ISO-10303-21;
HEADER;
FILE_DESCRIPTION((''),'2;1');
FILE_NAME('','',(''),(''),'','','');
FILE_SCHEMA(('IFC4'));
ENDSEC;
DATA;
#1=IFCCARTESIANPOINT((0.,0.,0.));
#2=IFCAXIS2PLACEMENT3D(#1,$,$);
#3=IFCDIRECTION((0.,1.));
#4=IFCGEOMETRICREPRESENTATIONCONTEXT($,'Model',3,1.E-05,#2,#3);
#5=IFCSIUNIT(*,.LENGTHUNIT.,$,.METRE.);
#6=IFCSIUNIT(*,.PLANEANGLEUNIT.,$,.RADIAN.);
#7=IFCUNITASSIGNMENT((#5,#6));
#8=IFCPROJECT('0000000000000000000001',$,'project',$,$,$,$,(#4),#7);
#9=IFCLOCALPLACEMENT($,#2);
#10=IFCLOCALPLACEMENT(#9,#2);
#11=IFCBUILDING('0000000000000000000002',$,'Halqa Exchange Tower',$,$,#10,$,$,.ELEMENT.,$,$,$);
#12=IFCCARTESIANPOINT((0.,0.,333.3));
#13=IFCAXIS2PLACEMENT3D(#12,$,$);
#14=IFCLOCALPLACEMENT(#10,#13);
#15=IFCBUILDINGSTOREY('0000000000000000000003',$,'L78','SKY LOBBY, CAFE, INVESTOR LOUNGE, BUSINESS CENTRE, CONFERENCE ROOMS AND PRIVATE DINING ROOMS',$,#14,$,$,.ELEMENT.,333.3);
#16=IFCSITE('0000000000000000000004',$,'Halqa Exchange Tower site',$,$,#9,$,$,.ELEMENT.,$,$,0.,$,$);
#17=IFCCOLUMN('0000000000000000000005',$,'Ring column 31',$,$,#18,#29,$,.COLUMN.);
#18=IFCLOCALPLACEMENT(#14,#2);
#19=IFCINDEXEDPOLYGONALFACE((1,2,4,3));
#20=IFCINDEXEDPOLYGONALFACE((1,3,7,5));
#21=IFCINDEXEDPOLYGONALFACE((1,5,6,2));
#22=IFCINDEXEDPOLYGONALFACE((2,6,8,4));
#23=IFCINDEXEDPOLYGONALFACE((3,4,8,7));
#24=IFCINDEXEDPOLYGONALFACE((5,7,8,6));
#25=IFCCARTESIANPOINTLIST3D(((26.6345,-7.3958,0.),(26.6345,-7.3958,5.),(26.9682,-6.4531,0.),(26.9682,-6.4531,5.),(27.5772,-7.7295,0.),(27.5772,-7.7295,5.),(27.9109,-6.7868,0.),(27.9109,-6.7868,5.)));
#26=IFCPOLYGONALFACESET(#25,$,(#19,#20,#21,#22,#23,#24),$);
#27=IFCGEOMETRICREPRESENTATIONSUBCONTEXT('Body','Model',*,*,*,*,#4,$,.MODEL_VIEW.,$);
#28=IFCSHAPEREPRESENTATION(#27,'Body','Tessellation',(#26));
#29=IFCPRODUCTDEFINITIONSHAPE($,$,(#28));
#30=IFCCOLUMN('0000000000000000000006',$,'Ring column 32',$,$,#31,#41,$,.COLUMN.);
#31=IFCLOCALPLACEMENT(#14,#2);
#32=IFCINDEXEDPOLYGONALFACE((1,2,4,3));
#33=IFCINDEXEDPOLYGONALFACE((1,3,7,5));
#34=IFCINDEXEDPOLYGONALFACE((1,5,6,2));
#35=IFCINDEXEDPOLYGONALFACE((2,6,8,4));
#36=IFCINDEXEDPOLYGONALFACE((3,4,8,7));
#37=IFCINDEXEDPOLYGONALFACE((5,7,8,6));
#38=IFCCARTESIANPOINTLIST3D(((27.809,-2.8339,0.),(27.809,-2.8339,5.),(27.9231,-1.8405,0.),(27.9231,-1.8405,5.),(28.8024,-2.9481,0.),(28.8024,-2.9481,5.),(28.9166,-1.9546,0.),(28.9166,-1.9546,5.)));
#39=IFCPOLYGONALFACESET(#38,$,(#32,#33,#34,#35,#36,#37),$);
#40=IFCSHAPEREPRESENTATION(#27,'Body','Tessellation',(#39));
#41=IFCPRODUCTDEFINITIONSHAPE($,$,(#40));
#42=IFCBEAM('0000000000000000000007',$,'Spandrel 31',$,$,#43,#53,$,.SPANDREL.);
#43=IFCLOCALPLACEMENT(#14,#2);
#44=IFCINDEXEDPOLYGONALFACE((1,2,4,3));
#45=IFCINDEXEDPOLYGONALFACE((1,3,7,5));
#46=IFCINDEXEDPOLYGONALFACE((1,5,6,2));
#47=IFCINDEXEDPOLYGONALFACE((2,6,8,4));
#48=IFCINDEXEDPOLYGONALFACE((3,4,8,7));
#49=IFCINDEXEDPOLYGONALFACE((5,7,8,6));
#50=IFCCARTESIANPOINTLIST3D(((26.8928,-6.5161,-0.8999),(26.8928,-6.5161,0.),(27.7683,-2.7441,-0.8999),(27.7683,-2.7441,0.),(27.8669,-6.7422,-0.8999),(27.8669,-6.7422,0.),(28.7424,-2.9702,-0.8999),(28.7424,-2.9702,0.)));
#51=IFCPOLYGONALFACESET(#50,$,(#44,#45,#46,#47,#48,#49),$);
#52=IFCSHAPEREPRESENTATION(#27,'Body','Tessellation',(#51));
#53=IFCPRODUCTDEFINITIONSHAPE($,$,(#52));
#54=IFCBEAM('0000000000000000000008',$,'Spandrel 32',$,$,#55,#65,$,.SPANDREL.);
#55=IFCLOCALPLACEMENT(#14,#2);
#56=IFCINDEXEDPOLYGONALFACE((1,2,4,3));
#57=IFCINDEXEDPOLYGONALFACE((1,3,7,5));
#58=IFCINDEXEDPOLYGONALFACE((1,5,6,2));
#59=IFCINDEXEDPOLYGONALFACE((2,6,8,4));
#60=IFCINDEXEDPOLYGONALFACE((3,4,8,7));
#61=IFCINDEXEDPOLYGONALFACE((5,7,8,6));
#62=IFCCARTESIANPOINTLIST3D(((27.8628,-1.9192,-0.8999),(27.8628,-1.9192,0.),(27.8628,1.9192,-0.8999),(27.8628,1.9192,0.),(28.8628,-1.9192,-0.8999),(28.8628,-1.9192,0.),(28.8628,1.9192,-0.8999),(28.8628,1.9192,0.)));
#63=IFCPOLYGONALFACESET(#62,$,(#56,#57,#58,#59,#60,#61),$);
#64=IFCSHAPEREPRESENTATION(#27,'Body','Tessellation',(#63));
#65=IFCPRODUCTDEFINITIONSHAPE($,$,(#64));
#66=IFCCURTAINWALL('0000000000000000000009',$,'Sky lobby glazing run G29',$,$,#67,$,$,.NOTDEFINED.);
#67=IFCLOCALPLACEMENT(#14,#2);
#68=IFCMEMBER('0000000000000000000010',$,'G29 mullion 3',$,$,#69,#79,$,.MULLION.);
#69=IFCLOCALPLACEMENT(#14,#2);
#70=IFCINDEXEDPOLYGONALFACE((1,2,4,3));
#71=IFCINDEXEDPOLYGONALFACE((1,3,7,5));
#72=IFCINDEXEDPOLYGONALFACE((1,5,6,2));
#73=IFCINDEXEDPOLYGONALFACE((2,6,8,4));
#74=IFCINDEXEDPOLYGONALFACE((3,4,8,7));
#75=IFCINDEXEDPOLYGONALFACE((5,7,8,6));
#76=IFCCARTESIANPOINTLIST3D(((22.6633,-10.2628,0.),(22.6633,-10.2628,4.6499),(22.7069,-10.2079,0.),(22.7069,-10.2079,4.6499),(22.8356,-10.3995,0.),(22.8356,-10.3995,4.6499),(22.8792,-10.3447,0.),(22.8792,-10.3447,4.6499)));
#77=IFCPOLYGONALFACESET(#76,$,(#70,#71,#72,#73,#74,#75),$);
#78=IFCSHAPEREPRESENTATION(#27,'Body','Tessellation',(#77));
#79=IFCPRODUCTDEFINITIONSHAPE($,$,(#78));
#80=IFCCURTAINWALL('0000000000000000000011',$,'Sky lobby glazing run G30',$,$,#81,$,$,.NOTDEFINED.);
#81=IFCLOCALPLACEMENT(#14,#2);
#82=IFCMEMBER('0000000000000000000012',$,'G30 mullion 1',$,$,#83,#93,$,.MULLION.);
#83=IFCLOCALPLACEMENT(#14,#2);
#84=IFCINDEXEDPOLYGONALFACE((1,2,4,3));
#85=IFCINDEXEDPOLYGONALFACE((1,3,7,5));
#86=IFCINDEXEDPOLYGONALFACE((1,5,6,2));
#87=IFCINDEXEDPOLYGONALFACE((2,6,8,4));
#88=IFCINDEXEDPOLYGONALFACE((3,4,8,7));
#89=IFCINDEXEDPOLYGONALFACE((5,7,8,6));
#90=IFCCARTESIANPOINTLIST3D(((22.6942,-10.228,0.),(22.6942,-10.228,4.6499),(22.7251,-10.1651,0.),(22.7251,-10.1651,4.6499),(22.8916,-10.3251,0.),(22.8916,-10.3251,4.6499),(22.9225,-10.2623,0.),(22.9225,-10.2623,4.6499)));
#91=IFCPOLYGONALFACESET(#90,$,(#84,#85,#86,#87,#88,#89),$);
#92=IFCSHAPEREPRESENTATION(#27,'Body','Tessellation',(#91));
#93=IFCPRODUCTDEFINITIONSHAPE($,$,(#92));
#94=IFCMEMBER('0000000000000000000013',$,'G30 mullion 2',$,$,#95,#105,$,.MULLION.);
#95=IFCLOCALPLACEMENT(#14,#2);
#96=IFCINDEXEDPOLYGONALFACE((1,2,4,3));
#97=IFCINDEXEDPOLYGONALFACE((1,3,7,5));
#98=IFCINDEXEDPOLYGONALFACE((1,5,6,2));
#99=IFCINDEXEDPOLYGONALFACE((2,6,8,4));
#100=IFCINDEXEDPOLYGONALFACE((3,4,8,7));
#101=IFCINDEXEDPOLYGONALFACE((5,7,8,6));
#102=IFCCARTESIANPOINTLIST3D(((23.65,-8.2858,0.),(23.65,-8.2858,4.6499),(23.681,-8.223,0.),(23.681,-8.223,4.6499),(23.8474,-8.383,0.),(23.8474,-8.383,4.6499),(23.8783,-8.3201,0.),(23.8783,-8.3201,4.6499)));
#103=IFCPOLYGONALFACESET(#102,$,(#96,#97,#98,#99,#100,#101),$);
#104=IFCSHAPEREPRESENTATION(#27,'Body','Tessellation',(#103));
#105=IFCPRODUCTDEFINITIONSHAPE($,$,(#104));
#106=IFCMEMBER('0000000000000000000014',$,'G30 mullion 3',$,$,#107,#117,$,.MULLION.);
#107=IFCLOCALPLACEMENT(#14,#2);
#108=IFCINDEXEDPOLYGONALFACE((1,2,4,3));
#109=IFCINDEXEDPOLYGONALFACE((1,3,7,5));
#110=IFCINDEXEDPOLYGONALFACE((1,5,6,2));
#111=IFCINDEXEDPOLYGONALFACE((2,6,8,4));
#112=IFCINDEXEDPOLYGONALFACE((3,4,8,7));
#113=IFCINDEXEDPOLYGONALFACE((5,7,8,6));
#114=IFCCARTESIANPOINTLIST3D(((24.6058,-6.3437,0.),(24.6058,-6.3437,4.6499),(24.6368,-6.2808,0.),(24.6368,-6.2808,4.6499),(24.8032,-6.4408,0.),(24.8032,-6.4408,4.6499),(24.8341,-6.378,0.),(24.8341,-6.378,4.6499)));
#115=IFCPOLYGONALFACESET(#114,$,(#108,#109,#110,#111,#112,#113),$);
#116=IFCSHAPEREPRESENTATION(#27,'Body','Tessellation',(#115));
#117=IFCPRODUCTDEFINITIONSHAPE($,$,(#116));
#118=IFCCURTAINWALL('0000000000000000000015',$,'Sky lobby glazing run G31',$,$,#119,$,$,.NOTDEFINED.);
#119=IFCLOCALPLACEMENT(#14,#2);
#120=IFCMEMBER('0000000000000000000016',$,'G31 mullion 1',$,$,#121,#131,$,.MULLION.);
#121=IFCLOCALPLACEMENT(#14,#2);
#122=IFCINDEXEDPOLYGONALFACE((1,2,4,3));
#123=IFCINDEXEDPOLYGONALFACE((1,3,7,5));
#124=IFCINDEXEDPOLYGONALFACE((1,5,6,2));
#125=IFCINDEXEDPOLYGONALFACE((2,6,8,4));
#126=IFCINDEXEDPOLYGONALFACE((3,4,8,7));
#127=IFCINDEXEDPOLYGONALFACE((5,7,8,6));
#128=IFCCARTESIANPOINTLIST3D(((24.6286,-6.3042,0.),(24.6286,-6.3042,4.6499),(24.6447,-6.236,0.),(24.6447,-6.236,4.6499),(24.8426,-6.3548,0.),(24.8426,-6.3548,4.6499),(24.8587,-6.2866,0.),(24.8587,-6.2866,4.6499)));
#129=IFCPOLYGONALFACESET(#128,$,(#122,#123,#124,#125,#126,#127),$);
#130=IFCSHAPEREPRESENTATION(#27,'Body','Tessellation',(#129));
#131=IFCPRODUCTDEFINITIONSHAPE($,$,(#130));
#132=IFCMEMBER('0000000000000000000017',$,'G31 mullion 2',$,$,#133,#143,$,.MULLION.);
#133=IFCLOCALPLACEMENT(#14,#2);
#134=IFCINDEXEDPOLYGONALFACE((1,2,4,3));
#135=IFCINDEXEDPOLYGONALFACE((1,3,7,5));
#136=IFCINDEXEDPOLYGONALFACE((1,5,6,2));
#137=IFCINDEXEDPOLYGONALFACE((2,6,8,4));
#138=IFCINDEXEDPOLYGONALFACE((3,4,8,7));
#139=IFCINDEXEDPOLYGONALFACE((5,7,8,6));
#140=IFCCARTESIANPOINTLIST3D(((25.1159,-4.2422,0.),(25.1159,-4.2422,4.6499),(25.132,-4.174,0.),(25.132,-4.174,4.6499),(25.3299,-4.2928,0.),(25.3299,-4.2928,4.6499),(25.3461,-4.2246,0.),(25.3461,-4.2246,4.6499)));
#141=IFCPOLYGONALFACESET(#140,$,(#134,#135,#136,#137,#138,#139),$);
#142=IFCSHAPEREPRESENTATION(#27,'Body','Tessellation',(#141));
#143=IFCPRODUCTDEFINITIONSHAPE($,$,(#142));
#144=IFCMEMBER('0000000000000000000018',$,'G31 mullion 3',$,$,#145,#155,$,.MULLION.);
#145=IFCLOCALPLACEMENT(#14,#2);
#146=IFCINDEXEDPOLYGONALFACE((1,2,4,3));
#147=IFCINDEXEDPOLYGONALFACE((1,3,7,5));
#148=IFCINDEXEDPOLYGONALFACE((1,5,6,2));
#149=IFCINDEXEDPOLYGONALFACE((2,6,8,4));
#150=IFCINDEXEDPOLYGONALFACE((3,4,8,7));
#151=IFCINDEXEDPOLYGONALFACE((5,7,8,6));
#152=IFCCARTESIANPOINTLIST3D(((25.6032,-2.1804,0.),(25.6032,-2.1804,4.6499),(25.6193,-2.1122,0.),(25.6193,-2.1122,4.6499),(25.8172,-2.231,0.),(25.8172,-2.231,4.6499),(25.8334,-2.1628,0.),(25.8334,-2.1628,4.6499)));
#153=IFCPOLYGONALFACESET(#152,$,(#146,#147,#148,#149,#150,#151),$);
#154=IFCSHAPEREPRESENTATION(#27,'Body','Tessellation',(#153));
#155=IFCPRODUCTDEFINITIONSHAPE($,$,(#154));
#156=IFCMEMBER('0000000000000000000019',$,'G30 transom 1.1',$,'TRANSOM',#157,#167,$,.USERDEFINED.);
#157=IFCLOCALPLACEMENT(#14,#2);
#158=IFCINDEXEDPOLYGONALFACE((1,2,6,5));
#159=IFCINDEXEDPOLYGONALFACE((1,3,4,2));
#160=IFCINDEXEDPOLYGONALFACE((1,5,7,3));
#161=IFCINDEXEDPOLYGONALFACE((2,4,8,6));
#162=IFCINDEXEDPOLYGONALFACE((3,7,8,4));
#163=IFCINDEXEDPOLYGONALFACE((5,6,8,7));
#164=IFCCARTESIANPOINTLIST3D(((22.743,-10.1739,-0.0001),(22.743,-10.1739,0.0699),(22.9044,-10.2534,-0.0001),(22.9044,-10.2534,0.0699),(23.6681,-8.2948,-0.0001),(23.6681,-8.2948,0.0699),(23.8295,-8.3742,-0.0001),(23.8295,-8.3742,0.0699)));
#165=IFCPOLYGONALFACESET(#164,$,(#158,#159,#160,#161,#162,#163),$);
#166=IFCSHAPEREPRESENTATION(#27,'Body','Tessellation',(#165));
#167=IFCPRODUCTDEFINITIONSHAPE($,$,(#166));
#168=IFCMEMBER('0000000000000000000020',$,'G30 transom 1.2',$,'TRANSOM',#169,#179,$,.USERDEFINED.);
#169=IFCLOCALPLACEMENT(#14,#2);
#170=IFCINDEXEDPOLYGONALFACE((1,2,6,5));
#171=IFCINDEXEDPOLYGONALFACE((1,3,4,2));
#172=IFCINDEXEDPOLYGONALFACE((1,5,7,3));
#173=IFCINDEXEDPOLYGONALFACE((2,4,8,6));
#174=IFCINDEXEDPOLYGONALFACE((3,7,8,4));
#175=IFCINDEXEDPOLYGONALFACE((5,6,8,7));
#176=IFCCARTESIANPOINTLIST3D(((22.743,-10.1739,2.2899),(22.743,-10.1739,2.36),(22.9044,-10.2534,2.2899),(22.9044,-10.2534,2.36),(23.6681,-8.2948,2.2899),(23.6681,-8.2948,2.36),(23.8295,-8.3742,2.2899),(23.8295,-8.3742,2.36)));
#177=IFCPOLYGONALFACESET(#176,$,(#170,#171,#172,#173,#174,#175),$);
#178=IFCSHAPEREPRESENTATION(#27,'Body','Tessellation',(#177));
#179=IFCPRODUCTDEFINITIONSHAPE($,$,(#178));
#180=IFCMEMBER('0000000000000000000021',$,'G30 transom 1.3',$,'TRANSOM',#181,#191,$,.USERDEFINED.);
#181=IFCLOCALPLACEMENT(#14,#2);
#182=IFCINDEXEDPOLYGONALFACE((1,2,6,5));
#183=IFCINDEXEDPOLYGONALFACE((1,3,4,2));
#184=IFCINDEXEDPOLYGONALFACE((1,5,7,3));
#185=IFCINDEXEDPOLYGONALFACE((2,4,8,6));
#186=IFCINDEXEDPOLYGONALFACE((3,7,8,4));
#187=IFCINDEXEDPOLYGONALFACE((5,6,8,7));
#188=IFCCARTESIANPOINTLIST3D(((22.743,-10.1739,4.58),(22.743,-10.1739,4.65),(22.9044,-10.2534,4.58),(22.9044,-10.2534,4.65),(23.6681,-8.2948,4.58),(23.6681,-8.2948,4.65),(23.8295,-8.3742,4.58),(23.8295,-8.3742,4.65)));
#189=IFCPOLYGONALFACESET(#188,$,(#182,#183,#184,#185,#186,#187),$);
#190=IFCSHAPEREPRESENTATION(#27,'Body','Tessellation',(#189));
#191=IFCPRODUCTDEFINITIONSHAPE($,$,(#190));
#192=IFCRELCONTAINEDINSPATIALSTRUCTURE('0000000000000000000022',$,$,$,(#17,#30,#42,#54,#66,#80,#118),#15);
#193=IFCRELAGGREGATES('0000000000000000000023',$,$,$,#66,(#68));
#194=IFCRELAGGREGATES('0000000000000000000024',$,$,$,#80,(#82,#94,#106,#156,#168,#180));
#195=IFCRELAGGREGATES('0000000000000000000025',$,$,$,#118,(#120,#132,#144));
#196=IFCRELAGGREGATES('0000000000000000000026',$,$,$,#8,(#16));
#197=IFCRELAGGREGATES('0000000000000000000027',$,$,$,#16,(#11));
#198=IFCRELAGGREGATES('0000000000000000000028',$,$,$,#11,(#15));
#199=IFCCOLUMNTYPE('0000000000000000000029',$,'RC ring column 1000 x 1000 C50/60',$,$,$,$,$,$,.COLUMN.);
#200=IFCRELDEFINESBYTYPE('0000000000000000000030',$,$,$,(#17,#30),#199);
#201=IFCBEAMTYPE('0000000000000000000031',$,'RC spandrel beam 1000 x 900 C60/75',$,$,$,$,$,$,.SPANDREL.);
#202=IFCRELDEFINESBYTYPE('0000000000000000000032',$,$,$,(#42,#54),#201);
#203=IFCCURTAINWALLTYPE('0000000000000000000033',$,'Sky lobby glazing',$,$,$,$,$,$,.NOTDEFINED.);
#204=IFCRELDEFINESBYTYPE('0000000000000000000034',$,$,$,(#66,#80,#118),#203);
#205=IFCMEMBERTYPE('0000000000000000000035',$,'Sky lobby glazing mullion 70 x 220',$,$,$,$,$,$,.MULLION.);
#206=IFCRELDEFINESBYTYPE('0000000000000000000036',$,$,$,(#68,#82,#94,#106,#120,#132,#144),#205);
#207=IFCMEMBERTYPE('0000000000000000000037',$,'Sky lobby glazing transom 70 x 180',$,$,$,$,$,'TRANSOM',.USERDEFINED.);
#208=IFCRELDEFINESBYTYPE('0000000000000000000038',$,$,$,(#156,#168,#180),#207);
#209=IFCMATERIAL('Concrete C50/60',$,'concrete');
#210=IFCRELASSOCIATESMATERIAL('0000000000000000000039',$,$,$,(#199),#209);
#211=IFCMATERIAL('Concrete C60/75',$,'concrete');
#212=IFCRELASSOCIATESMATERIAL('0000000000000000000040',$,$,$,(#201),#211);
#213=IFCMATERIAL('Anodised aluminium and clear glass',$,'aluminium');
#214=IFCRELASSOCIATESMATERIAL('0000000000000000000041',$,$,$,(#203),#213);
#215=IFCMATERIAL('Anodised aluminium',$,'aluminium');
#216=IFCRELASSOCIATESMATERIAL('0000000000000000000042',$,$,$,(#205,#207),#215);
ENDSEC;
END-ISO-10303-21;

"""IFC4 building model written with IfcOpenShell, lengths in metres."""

from ifc_helpers import new_model, si_unit, direction, frame, origin, origin_2d, place, context, subcontext, project, spatial, rectangle, extrude, material, material_profile, profile_set, type_object, element, aggregate, save


model = new_model("IFC4")

# Units and contexts
model_context = context("Model", 3, precision=1e-05, world=origin(), true_north=direction((0.0, 1.0)))
body_context = subcontext(model_context, "Body", "Model", "MODEL_VIEW")
ifc_project = project(units=[si_unit("LENGTHUNIT", "METRE"), si_unit("PLANEANGLEUNIT", "RADIAN")], contexts=[model_context])

# Site, building, storey
site_placement = place(None, origin())
site = spatial("IfcSite", under=ifc_project, at=site_placement, Name="Halqa Exchange Tower site", CompositionType="ELEMENT", RefElevation=0.0)
building_placement = place(site_placement, origin())
building = spatial("IfcBuilding", under=site, at=building_placement, Name="Halqa Exchange Tower", CompositionType="ELEMENT")
storey_placement = place(building_placement, frame((0.0, 0.0, 333.3)))
storey = spatial("IfcBuildingStorey", under=building, at=storey_placement, Name="L78", Description="SKY LOBBY, CAFE, INVESTOR LOUNGE, BUSINESS CENTRE, CONFERENCE ROOMS AND PRIVATE DINING ROOMS", CompositionType="ELEMENT", Elevation=333.3)

# Columns
ifc_material_1 = material(Name="Concrete C50/60", Category="concrete")
ifc_material_profile_1 = material_profile(ifc_material_1, rectangle(XDim=1.0, YDim=1.0, at=origin_2d()), Name="1000 x 1000")
ifc_profile_set_1 = profile_set([ifc_material_profile_1], Name="Concrete C50/60")
column_type = type_object("IfcColumnType", Name="RC ring column 1000 x 1000 C50/60", PredefinedType="COLUMN", material=ifc_profile_set_1)
for number, where, z_axis, x_axis, name in (
    (1, (27.2727, -7.0913, 0.0), (0.0, 0.0, 1.0), (0.333624, 0.942706, 0.0), "Ring column 31"),
    (2, (28.3628, -2.3943, 0.0), (0.0, 0.0, 1.0), (0.11416, 0.993462, 0.0), "Ring column 32"),
):
    element("IfcColumn", number, at=place(storey_placement, frame(where, z_axis=z_axis, x_axis=x_axis)), inside=storey, type_object=column_type, Name=name, PredefinedType="COLUMN", context=body_context, shape_type="SweptSolid", body=[
        extrude(rectangle(XDim=1.0, YDim=1.0, at=origin_2d()), origin(), (0.0, 0.0, 1.0), 5.0),
    ])

# Beams
ifc_material_2 = material(Name="Concrete C60/75", Category="concrete")
ifc_material_profile_2 = material_profile(ifc_material_2, rectangle(XDim=1.0, YDim=0.8999, at=origin_2d()), Name="1000 x 900")
ifc_profile_set_2 = profile_set([ifc_material_profile_2], Name="Concrete C60/75")
beam_type = type_object("IfcBeamType", Name="RC spandrel beam 1000 x 900 C60/75", PredefinedType="SPANDREL", material=ifc_profile_set_2)
beam_1_placement = place(storey_placement, frame((27.3799, -6.6292, -0.45), z_axis=(0.226093, 0.974106, 0.0), x_axis=(-0.974106, 0.226093, 0.0)))
element("IfcBeam", 3, at=beam_1_placement, inside=storey, type_object=beam_type, Name="Spandrel 31", PredefinedType="SPANDREL", context=body_context, shape_type="SweptSolid", body=[
    extrude(rectangle(XDim=1.0, YDim=0.8999, at=origin_2d()), origin(), (0.0, 0.0, 1.0), 3.8723),
])
beam_2_placement = place(storey_placement, frame((28.3628, -1.9192, -0.45), z_axis=(0.0, 1.0, 0.0), x_axis=(-1.0, 0.0, 0.0)))
element("IfcBeam", 4, at=beam_2_placement, inside=storey, type_object=beam_type, Name="Spandrel 32", PredefinedType="SPANDREL", context=body_context, shape_type="SweptSolid", body=[
    extrude(rectangle(XDim=1.0, YDim=0.8999, at=origin_2d()), origin(), (0.0, 0.0, 1.0), 3.8384),
])

# Curtain wall, member
ifc_material_3 = material(Name="Anodised aluminium and clear glass", Category="aluminium")
curtain_wall_type = type_object("IfcCurtainWallType", Name="Sky lobby glazing", PredefinedType="NOTDEFINED", material=ifc_material_3)
curtain_wall_1_placement = place(storey_placement, origin())
curtain_wall_1 = element("IfcCurtainWall", 5, at=curtain_wall_1_placement, inside=storey, type_object=curtain_wall_type, Name="Sky lobby glazing run G29", PredefinedType="NOTDEFINED")
ifc_material_4 = material(Name="Anodised aluminium", Category="aluminium")
ifc_material_profile_3 = material_profile(ifc_material_4, rectangle(XDim=0.22, YDim=0.0701, at=origin_2d()), Name="AL 70x220")
ifc_profile_set_3 = profile_set([ifc_material_profile_3], Name="Anodised aluminium")
member_type_1 = type_object("IfcMemberType", Name="Sky lobby glazing mullion 70 x 220", PredefinedType="MULLION", material=ifc_profile_set_3)
member_1_placement = place(storey_placement, frame((22.7712, -10.3037, 0.0), z_axis=(0.0, 0.0, 1.0), x_axis=(-0.783162, 0.621817, 0.0)))
member_1 = element("IfcMember", 6, at=member_1_placement, type_object=member_type_1, Name="G29 mullion 3", PredefinedType="MULLION", context=body_context, shape_type="SweptSolid", body=[
    extrude(rectangle(XDim=0.22, YDim=0.0701, at=origin_2d()), origin(), (0.0, 0.0, 1.0), 4.6499),
])
aggregate(curtain_wall_1, [member_1])

# Curtain walls, members
curtain_wall_2_placement = place(storey_placement, origin())
curtain_wall_2 = element("IfcCurtainWall", 7, at=curtain_wall_2_placement, inside=storey, type_object=curtain_wall_type, Name="Sky lobby glazing run G30", PredefinedType="NOTDEFINED")
member_2_placement = place(storey_placement, frame((22.8083, -10.2451, 0.0), z_axis=(0.0, 0.0, 1.0), x_axis=(-0.897215, 0.441595, 0.0)))
member_2 = element("IfcMember", 8, at=member_2_placement, type_object=member_type_1, Name="G30 mullion 1", PredefinedType="MULLION", context=body_context, shape_type="SweptSolid", body=[
    extrude(rectangle(XDim=0.22, YDim=0.0701, at=origin_2d()), origin(), (0.0, 0.0, 1.0), 4.6499),
])
member_3_placement = place(storey_placement, frame((23.7642, -8.303, 0.0), z_axis=(0.0, 0.0, 1.0), x_axis=(-0.897215, 0.441595, 0.0)))
member_3 = element("IfcMember", 9, at=member_3_placement, type_object=member_type_1, Name="G30 mullion 2", PredefinedType="MULLION", context=body_context, shape_type="SweptSolid", body=[
    extrude(rectangle(XDim=0.22, YDim=0.0701, at=origin_2d()), origin(), (0.0, 0.0, 1.0), 4.6499),
])
member_4_placement = place(storey_placement, frame((24.72, -6.3608, 0.0), z_axis=(0.0, 0.0, 1.0), x_axis=(-0.897215, 0.441595, 0.0)))
member_4 = element("IfcMember", 10, at=member_4_placement, type_object=member_type_1, Name="G30 mullion 3", PredefinedType="MULLION", context=body_context, shape_type="SweptSolid", body=[
    extrude(rectangle(XDim=0.22, YDim=0.0701, at=origin_2d()), origin(), (0.0, 0.0, 1.0), 4.6499),
])
curtain_wall_3_placement = place(storey_placement, origin())
curtain_wall_3 = element("IfcCurtainWall", 11, at=curtain_wall_3_placement, inside=storey, type_object=curtain_wall_type, Name="Sky lobby glazing run G31", PredefinedType="NOTDEFINED")
member_5_placement = place(storey_placement, frame((24.7437, -6.2954, 0.0), z_axis=(0.0, 0.0, 1.0), x_axis=(-0.973192, 0.229995, 0.0)))
member_5 = element("IfcMember", 12, at=member_5_placement, type_object=member_type_1, Name="G31 mullion 1", PredefinedType="MULLION", context=body_context, shape_type="SweptSolid", body=[
    extrude(rectangle(XDim=0.22, YDim=0.0701, at=origin_2d()), origin(), (0.0, 0.0, 1.0), 4.6499),
])
member_6_placement = place(storey_placement, frame((25.231, -4.2334, 0.0), z_axis=(0.0, 0.0, 1.0), x_axis=(-0.973192, 0.229995, 0.0)))
member_6 = element("IfcMember", 13, at=member_6_placement, type_object=member_type_1, Name="G31 mullion 2", PredefinedType="MULLION", context=body_context, shape_type="SweptSolid", body=[
    extrude(rectangle(XDim=0.22, YDim=0.0701, at=origin_2d()), origin(), (0.0, 0.0, 1.0), 4.6499),
])
member_7_placement = place(storey_placement, frame((25.7183, -2.1716, 0.0), z_axis=(0.0, 0.0, 1.0), x_axis=(-0.973192, 0.229995, 0.0)))
member_7 = element("IfcMember", 14, at=member_7_placement, type_object=member_type_1, Name="G31 mullion 3", PredefinedType="MULLION", context=body_context, shape_type="SweptSolid", body=[
    extrude(rectangle(XDim=0.22, YDim=0.0701, at=origin_2d()), origin(), (0.0, 0.0, 1.0), 4.6499),
])

# Members
ifc_material_profile_4 = material_profile(ifc_material_4, rectangle(XDim=0.1799, YDim=0.0701, at=origin_2d()), Name="AL 70x180")
ifc_profile_set_4 = profile_set([ifc_material_profile_4], Name="Anodised aluminium")
member_type_2 = type_object("IfcMemberType", Name="Sky lobby glazing transom 70 x 180", ElementType="TRANSOM", PredefinedType="USERDEFINED", material=ifc_profile_set_4)
member_8_placement = place(storey_placement, frame((22.8237, -10.2136, 0.0349), z_axis=(0.441657, 0.897184, 0.0), x_axis=(-0.897184, 0.441657, 0.0)))
member_8 = element("IfcMember", 15, at=member_8_placement, type_object=member_type_2, Name="G30 transom 1.1", ObjectType="TRANSOM", PredefinedType="USERDEFINED", context=body_context, shape_type="SweptSolid", body=[
    extrude(rectangle(XDim=0.1799, YDim=0.0701, at=origin_2d()), origin(), (0.0, 0.0, 1.0), 2.0945),
])
member_9_placement = place(storey_placement, frame((22.8237, -10.2136, 2.325), z_axis=(0.441657, 0.897184, 0.0), x_axis=(-0.897184, 0.441657, 0.0)))
member_9 = element("IfcMember", 16, at=member_9_placement, type_object=member_type_2, Name="G30 transom 1.2", ObjectType="TRANSOM", PredefinedType="USERDEFINED", context=body_context, shape_type="SweptSolid", body=[
    extrude(rectangle(XDim=0.1799, YDim=0.0701, at=origin_2d()), origin(), (0.0, 0.0, 1.0), 2.0945),
])
member_10_placement = place(storey_placement, frame((22.8237, -10.2136, 4.615), z_axis=(0.441657, 0.897184, 0.0), x_axis=(-0.897184, 0.441657, 0.0)))
member_10 = element("IfcMember", 17, at=member_10_placement, type_object=member_type_2, Name="G30 transom 1.3", ObjectType="TRANSOM", PredefinedType="USERDEFINED", context=body_context, shape_type="SweptSolid", body=[
    extrude(rectangle(XDim=0.1799, YDim=0.0701, at=origin_2d()), origin(), (0.0, 0.0, 1.0), 2.0945),
])

aggregate(curtain_wall_2, [member_2, member_3, member_4, member_8, member_9, member_10])
aggregate(curtain_wall_3, [member_5, member_6, member_7])

save(model, "model.ifc")
